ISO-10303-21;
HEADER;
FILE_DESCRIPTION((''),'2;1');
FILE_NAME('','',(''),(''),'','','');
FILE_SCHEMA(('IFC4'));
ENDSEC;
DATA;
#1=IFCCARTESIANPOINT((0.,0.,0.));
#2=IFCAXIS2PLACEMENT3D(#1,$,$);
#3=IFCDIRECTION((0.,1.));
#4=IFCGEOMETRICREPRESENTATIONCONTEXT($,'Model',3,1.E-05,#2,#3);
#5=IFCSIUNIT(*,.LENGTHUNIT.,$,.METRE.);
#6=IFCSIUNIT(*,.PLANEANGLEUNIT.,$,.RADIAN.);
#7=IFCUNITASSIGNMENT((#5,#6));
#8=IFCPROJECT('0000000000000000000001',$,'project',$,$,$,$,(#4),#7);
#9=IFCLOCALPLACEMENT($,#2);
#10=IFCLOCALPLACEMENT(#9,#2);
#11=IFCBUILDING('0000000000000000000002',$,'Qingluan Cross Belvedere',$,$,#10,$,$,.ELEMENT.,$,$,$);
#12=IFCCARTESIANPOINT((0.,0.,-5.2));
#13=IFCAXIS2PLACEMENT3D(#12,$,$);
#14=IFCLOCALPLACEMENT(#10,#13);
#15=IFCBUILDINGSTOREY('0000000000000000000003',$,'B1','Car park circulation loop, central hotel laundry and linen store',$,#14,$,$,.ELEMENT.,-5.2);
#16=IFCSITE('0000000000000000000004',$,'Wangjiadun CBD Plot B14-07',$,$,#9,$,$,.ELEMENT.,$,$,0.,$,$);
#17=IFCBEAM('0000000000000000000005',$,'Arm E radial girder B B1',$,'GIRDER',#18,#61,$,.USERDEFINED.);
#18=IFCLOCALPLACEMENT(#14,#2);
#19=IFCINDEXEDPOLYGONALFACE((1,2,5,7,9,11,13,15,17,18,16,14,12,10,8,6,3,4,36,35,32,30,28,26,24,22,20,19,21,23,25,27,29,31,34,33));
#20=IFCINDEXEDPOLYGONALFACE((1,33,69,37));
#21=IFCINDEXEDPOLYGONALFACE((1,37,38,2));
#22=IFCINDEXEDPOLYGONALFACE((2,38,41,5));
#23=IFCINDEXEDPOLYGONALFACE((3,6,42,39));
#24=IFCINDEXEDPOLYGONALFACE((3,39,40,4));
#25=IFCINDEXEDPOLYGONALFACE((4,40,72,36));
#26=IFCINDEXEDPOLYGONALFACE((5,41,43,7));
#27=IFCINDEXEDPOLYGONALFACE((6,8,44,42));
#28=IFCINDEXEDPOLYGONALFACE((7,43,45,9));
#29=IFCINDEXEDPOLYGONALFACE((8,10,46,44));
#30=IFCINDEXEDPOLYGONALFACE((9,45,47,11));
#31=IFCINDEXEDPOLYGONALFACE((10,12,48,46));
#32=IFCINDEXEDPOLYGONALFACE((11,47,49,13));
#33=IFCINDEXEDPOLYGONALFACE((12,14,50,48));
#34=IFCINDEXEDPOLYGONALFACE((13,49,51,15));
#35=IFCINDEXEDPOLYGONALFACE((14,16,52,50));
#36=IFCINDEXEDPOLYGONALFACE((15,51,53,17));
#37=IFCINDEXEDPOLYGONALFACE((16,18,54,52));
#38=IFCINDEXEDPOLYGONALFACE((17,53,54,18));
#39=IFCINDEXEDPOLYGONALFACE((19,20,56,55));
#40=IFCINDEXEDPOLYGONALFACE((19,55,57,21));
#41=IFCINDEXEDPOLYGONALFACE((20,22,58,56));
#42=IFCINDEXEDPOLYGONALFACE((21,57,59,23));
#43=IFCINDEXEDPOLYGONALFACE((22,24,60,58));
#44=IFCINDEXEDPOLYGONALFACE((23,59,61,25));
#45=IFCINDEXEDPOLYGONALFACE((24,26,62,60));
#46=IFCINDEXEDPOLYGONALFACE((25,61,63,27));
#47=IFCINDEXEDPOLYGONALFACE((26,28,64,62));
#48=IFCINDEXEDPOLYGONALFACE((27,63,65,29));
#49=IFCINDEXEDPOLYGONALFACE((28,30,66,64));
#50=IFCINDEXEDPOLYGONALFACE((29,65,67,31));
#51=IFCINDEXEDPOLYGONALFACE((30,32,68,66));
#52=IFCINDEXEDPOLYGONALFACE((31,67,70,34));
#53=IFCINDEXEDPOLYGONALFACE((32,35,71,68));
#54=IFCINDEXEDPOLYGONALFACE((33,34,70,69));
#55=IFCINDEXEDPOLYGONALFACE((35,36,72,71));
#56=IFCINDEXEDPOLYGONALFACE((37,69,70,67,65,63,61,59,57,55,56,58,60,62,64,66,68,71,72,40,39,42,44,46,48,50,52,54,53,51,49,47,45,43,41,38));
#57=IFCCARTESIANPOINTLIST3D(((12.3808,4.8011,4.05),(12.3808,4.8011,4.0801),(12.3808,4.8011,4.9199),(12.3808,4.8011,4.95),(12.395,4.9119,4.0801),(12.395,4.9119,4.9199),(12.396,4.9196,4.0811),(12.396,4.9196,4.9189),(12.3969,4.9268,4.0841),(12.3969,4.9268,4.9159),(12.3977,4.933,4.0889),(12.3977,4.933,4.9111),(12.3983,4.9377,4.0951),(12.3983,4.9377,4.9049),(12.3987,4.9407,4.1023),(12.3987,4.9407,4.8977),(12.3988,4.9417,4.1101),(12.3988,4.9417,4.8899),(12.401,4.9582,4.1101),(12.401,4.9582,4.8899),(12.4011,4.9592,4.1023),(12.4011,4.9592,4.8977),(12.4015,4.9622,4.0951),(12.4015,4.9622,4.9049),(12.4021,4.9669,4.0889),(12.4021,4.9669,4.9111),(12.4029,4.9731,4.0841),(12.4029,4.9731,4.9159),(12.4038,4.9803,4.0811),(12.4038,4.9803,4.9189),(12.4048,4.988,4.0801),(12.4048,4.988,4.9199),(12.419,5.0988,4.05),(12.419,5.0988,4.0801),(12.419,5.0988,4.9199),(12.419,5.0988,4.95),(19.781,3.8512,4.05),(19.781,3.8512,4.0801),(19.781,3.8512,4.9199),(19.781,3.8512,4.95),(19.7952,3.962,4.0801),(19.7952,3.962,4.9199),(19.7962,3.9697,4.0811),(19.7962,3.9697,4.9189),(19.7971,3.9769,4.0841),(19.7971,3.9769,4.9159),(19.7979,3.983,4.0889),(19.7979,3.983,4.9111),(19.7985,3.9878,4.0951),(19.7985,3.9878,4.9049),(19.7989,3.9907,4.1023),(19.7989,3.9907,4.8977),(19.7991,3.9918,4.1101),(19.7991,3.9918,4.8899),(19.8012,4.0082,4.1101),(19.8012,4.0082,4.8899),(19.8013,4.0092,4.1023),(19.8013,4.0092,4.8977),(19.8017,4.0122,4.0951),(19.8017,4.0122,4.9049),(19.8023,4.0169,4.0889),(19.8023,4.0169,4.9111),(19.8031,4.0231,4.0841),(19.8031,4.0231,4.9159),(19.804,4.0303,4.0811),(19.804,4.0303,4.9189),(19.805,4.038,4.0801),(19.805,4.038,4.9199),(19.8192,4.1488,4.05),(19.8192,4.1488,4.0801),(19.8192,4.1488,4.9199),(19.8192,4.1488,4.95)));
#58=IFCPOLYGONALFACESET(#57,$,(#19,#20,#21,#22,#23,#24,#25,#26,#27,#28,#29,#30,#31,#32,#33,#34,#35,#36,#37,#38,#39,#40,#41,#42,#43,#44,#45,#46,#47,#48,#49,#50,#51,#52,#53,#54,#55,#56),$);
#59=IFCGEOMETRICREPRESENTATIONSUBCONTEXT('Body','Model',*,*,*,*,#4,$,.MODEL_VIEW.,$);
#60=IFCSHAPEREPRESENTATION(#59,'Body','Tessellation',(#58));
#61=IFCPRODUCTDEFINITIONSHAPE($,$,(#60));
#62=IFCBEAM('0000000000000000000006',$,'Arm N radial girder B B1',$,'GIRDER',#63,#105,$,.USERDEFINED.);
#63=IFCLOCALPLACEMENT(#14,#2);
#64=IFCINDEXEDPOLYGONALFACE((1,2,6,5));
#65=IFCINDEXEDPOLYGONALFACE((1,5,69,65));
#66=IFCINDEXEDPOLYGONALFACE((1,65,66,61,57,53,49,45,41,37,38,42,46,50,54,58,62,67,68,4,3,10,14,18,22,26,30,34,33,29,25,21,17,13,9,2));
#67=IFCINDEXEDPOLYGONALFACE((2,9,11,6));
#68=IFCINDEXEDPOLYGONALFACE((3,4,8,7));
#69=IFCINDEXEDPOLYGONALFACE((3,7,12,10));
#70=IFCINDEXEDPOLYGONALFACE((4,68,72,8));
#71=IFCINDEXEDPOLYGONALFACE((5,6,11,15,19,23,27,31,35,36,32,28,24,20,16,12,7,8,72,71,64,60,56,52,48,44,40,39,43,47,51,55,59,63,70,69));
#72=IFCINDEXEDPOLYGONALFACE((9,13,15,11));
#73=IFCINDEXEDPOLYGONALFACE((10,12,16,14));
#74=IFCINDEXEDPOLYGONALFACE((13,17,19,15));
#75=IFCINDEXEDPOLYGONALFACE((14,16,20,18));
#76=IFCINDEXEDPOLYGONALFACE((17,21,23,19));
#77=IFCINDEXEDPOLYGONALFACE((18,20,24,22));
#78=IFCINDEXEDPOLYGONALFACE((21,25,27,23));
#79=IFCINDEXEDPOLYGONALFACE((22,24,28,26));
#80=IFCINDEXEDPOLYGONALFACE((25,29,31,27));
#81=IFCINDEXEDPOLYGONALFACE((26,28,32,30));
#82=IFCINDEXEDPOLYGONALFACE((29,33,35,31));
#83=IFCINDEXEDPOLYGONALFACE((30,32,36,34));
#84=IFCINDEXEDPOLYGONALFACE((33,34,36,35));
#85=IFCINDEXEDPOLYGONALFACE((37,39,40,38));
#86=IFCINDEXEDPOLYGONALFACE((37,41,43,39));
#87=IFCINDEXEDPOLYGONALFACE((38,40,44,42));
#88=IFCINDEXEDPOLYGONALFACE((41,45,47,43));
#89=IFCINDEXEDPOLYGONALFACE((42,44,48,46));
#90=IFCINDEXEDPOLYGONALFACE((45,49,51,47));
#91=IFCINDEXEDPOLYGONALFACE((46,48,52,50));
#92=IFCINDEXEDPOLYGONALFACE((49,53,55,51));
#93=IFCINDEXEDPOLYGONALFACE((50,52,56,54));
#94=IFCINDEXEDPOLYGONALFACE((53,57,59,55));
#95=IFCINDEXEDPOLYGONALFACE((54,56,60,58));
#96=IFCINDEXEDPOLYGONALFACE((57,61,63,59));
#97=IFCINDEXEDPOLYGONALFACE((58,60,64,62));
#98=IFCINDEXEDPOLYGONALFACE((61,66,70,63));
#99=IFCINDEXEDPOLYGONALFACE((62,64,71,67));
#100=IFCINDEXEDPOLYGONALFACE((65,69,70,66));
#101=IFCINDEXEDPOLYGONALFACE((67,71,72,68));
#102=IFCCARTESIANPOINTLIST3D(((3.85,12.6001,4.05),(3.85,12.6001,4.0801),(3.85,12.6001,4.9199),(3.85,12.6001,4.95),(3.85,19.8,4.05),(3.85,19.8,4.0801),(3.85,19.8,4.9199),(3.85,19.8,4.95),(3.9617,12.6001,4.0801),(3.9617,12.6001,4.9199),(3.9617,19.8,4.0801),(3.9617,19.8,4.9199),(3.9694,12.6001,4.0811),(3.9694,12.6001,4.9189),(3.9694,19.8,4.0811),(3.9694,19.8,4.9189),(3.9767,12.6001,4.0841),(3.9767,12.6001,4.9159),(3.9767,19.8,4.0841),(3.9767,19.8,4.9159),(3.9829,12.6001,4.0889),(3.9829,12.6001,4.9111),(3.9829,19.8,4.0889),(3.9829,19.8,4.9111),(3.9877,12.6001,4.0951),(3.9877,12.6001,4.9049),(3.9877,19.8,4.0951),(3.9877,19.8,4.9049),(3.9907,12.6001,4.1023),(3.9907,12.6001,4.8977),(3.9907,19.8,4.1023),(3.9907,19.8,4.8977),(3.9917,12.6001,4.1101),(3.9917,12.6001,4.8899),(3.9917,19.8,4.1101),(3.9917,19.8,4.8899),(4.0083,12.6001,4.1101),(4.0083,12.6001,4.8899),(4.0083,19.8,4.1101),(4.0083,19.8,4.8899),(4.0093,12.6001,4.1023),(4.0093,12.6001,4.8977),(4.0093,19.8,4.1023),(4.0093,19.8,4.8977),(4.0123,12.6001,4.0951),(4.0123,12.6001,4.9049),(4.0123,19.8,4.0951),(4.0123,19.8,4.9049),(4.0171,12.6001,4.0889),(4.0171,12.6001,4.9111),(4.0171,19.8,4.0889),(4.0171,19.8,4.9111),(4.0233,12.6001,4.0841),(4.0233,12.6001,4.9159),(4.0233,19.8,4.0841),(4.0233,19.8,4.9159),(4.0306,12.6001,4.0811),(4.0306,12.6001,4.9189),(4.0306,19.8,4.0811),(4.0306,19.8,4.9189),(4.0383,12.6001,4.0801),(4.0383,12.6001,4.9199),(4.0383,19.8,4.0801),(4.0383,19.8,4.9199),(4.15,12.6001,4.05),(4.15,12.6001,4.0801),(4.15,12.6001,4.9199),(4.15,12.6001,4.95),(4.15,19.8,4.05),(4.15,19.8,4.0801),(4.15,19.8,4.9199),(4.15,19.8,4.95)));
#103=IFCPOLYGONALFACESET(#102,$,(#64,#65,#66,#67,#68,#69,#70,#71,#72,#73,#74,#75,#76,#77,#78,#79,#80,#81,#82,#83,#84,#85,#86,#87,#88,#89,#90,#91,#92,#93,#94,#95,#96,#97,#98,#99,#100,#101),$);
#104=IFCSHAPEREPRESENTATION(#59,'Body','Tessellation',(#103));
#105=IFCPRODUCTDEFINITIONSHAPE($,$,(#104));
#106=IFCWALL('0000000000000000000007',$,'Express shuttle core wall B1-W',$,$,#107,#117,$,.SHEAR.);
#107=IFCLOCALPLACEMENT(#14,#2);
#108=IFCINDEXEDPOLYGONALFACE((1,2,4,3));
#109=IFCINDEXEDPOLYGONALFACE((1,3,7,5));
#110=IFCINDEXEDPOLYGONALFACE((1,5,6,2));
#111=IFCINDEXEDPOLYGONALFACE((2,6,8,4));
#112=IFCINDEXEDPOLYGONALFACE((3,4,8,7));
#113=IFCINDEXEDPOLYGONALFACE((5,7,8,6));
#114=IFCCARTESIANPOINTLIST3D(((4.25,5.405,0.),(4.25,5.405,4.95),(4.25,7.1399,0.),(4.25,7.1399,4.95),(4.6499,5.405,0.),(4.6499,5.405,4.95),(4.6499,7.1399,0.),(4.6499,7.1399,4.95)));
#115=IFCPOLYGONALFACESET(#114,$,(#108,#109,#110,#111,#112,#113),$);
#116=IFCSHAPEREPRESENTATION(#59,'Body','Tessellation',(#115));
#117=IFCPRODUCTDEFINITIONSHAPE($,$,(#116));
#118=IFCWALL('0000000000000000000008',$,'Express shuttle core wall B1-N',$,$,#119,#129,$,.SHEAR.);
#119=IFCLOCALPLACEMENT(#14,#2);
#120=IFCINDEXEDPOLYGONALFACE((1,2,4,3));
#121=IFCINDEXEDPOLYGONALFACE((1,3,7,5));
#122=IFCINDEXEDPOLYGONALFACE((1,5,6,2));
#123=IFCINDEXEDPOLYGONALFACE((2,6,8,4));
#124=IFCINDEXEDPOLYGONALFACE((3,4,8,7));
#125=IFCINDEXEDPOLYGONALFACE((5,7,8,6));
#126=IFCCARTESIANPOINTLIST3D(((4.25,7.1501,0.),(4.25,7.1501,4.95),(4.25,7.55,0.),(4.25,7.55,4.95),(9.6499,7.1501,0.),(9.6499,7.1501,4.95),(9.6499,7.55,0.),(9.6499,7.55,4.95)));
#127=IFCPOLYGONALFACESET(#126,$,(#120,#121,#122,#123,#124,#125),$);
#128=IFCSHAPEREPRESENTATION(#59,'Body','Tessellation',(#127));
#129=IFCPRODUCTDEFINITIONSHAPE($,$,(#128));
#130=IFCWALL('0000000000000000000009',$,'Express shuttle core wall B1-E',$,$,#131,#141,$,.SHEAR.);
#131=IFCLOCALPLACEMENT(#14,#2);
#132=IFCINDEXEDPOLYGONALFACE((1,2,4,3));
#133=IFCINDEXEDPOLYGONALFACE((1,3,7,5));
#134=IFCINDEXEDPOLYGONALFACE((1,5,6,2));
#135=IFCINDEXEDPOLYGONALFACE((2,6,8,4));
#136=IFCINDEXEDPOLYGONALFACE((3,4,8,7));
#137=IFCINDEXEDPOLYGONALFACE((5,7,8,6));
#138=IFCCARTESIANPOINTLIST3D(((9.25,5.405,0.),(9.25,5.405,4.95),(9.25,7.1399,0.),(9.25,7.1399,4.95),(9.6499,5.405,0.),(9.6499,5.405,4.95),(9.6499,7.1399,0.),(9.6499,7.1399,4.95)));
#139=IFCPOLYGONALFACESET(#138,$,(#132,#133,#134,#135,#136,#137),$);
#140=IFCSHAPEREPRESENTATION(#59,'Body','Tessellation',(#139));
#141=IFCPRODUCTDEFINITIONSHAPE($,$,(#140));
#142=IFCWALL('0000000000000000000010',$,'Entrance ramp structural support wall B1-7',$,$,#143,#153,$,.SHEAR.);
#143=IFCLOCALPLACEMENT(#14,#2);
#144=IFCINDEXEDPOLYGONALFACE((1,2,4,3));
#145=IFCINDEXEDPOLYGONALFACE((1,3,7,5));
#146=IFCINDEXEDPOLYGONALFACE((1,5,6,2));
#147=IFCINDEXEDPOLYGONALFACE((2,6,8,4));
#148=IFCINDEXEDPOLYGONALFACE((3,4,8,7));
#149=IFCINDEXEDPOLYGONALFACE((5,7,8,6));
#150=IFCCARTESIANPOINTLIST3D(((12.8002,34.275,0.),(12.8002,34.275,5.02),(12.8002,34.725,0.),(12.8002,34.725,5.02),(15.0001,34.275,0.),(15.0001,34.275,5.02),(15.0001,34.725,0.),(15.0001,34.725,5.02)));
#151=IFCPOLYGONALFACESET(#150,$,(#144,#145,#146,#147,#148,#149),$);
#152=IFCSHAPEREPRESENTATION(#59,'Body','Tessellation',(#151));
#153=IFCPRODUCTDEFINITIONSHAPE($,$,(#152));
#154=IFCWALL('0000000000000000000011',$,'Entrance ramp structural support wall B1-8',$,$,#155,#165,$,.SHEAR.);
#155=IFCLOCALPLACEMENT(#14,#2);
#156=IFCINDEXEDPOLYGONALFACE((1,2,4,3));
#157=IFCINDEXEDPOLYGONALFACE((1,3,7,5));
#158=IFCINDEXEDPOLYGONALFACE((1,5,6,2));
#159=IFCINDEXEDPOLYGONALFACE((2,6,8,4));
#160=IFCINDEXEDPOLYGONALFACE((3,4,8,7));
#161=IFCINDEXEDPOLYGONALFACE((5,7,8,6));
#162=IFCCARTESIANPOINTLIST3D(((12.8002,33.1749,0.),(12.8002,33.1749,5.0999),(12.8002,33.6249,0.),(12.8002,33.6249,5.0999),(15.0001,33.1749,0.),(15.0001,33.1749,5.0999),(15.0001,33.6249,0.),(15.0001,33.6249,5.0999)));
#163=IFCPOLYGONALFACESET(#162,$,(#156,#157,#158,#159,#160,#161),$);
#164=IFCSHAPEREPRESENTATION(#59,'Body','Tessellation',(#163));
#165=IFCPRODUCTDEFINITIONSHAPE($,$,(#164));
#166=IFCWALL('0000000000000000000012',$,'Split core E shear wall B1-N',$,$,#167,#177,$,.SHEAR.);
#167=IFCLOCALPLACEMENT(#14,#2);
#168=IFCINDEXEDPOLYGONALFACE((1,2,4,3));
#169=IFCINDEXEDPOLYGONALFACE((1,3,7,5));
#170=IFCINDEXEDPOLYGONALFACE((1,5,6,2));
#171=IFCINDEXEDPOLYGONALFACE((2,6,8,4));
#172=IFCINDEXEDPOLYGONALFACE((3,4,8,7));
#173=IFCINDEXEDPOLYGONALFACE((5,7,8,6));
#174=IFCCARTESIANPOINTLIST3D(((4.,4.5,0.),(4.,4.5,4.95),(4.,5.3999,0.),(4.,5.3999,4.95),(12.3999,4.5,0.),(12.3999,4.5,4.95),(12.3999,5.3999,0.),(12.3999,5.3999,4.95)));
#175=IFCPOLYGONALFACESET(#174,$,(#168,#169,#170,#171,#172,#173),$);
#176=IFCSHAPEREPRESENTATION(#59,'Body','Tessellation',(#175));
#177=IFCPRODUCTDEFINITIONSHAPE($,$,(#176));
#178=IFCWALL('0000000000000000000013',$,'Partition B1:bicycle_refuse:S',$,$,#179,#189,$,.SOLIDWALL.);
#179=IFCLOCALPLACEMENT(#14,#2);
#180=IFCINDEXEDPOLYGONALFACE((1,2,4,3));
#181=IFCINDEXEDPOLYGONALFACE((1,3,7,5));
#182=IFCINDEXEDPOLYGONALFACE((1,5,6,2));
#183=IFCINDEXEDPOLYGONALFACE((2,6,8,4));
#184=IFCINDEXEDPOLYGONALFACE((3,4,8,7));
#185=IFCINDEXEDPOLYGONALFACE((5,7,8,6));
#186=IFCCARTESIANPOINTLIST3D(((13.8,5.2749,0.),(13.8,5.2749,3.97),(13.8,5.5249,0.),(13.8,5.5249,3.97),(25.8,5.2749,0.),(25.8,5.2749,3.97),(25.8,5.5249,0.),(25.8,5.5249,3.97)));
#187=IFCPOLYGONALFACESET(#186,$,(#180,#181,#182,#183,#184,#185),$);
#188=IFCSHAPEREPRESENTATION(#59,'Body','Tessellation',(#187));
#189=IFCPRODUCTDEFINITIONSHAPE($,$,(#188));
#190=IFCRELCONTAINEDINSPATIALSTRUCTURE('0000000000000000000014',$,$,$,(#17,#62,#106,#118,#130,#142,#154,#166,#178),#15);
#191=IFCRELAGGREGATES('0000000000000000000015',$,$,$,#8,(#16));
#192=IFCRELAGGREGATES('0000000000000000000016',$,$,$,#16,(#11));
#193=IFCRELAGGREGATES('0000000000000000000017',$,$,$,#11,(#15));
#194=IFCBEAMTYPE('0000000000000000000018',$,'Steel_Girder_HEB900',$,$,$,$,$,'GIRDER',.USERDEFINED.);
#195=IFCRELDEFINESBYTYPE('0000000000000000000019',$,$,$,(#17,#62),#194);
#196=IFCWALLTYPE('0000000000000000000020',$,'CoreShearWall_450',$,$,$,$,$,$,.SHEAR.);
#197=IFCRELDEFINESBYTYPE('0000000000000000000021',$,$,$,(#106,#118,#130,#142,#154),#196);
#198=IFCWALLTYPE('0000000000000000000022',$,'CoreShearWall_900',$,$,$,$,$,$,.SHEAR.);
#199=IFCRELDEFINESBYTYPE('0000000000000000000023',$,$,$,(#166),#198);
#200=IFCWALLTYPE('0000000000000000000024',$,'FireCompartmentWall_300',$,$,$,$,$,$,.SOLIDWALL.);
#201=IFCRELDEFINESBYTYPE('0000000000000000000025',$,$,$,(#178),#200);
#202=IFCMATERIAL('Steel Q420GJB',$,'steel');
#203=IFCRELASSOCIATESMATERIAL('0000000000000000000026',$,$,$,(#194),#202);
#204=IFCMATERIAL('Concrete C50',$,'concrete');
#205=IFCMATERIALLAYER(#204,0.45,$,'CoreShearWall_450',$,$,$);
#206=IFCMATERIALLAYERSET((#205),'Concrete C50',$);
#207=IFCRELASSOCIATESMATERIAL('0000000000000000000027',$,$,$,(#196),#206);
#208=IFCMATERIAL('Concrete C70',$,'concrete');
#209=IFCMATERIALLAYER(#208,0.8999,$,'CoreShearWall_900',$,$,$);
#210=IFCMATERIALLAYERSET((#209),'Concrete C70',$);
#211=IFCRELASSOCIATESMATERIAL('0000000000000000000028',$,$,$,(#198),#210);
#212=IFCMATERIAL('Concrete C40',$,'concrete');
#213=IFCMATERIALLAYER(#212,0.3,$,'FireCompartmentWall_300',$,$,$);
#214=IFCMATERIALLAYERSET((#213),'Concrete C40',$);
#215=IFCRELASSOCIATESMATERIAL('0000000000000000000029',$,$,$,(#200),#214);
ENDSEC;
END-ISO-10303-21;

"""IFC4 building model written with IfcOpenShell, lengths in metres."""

from ifc_helpers import new_model, si_unit, direction, frame, frame_2d, origin, origin_2d, place, context, subcontext, project, spatial, rectangle, i_section, extrude, material, layer, layer_set, material_profile, profile_set, type_object, element, save


model = new_model("IFC4")

# Units and contexts
model_context = context("Model", 3, precision=1e-05, world=origin(), true_north=direction((0.0, 1.0)))
body_context = subcontext(model_context, "Body", "Model", "MODEL_VIEW")
ifc_project = project(units=[si_unit("LENGTHUNIT", "METRE"), si_unit("PLANEANGLEUNIT", "RADIAN")], contexts=[model_context])

# Site, building, storey
site_placement = place(None, origin())
site = spatial("IfcSite", under=ifc_project, at=site_placement, Name="Wangjiadun CBD Plot B14-07", CompositionType="ELEMENT", RefElevation=0.0)
building_placement = place(site_placement, origin())
building = spatial("IfcBuilding", under=site, at=building_placement, Name="Qingluan Cross Belvedere", CompositionType="ELEMENT")
storey_placement = place(building_placement, frame((0.0, 0.0, -5.2)))
storey = spatial("IfcBuildingStorey", under=building, at=storey_placement, Name="B1", Description="Car park circulation loop, central hotel laundry and linen store", CompositionType="ELEMENT", Elevation=-5.2)

# Beams
ifc_material_1 = material(Name="Steel Q420GJB", Category="steel")
ifc_material_profile_1 = material_profile(ifc_material_1, i_section(OverallWidth=0.3, OverallDepth=0.8999, WebThickness=0.0166, FlangeThickness=0.03, FilletRadius=0.03, at=origin_2d()), Name="HEB900")
ifc_profile_set_1 = profile_set([ifc_material_profile_1], Name="Steel Q420GJB")
beam_type_1 = type_object("IfcBeamType", Name="Steel_Girder_HEB900", ElementType="GIRDER", PredefinedType="USERDEFINED", material=ifc_profile_set_1)
beam_1_placement = place(storey_placement, frame((12.3999, 4.95, 4.5), z_axis=(0.991861, -0.127324, 0.0), x_axis=(0.127324, 0.991861, 0.0)))
element("IfcBeam", 1, at=beam_1_placement, inside=storey, type_object=beam_type_1, Name="Arm E radial girder B B1", ObjectType="GIRDER", PredefinedType="USERDEFINED", context=body_context, shape_type="SweptSolid", body=[
    extrude(i_section(OverallWidth=0.3, OverallDepth=0.8999, WebThickness=0.0166, FlangeThickness=0.03, FilletRadius=0.03, at=origin_2d()), origin(), (0.0, 0.0, 1.0), 7.4609),
])
beam_2_placement = place(storey_placement, frame((4.0, 12.6001, 4.5), z_axis=(0.0, 1.0, 0.0), x_axis=(-1.0, 0.0, 0.0)))
element("IfcBeam", 2, at=beam_2_placement, inside=storey, type_object=beam_type_1, Name="Arm N radial girder B B1", ObjectType="GIRDER", PredefinedType="USERDEFINED", context=body_context, shape_type="SweptSolid", body=[
    extrude(i_section(OverallWidth=0.3, OverallDepth=0.8999, WebThickness=0.0166, FlangeThickness=0.03, FilletRadius=0.03, at=origin_2d()), origin(), (0.0, 0.0, 1.0), 7.2),
])

# Walls
ifc_material_2 = material(Name="Concrete C50", Category="concrete")
ifc_layer_1 = layer(ifc_material_2, 0.45, Name="CoreShearWall_450")
ifc_layer_set_1 = layer_set([ifc_layer_1], Name="Concrete C50")
wall_type_1 = type_object("IfcWallType", Name="CoreShearWall_450", PredefinedType="SHEAR", material=ifc_layer_set_1)
wall_1_placement = place(storey_placement, frame((4.45, 5.405, 0.0), z_axis=(0.0, 0.0, 1.0), x_axis=(0.0, 1.0, 0.0)))
element("IfcWall", 3, at=wall_1_placement, inside=storey, type_object=wall_type_1, Name="Express shuttle core wall B1-W", PredefinedType="SHEAR", context=body_context, shape_type="SweptSolid", body=[
    extrude(rectangle(XDim=1.7349, YDim=0.3999, at=frame_2d((0.8674, 0.0))), origin(), (0.0, 0.0, 1.0), 4.95),
])
wall_2_placement = place(storey_placement, frame((4.25, 7.3501, 0.0), z_axis=(0.0, 0.0, 1.0), x_axis=(1.0, 0.0, 0.0)))
element("IfcWall", 4, at=wall_2_placement, inside=storey, type_object=wall_type_1, Name="Express shuttle core wall B1-N", PredefinedType="SHEAR", context=body_context, shape_type="SweptSolid", body=[
    extrude(rectangle(XDim=5.3999, YDim=0.3999, at=frame_2d((2.7, 0.0))), origin(), (0.0, 0.0, 1.0), 4.95),
])
wall_3_placement = place(storey_placement, frame((9.45, 5.405, 0.0), z_axis=(0.0, 0.0, 1.0), x_axis=(0.0, 1.0, 0.0)))
element("IfcWall", 5, at=wall_3_placement, inside=storey, type_object=wall_type_1, Name="Express shuttle core wall B1-E", PredefinedType="SHEAR", context=body_context, shape_type="SweptSolid", body=[
    extrude(rectangle(XDim=1.7349, YDim=0.3999, at=frame_2d((0.8674, 0.0))), origin(), (0.0, 0.0, 1.0), 4.95),
])
wall_4_placement = place(storey_placement, frame((12.8, 34.5, 0.0), z_axis=(0.0, 0.0, 1.0), x_axis=(1.0, 0.0, 0.0)))
element("IfcWall", 6, at=wall_4_placement, inside=storey, type_object=wall_type_1, Name="Entrance ramp structural support wall B1-7", PredefinedType="SHEAR", context=body_context, shape_type="SweptSolid", body=[
    extrude(rectangle(XDim=2.2, YDim=0.45, at=frame_2d((1.1001, 0.0))), origin(), (0.0, 0.0, 1.0), 5.02),
])
wall_5_placement = place(storey_placement, frame((12.8, 33.3999, 0.0), z_axis=(0.0, 0.0, 1.0), x_axis=(1.0, 0.0, 0.0)))
element("IfcWall", 7, at=wall_5_placement, inside=storey, type_object=wall_type_1, Name="Entrance ramp structural support wall B1-8", PredefinedType="SHEAR", context=body_context, shape_type="SweptSolid", body=[
    extrude(rectangle(XDim=2.2, YDim=0.45, at=frame_2d((1.1001, 0.0))), origin(), (0.0, 0.0, 1.0), 5.0999),
])
ifc_material_3 = material(Name="Concrete C70", Category="concrete")
ifc_layer_2 = layer(ifc_material_3, 0.8999, Name="CoreShearWall_900")
ifc_layer_set_2 = layer_set([ifc_layer_2], Name="Concrete C70")
wall_type_2 = type_object("IfcWallType", Name="CoreShearWall_900", PredefinedType="SHEAR", material=ifc_layer_set_2)
wall_6_placement = place(storey_placement, frame((4.0, 4.95, 0.0), z_axis=(0.0, 0.0, 1.0), x_axis=(1.0, 0.0, 0.0)))
element("IfcWall", 8, at=wall_6_placement, inside=storey, type_object=wall_type_2, Name="Split core E shear wall B1-N", PredefinedType="SHEAR", context=body_context, shape_type="SweptSolid", body=[
    extrude(rectangle(XDim=8.3999, YDim=0.8999, at=frame_2d((4.2, 0.0))), origin(), (0.0, 0.0, 1.0), 4.95),
])
ifc_material_4 = material(Name="Concrete C40", Category="concrete")
ifc_layer_3 = layer(ifc_material_4, 0.3, Name="FireCompartmentWall_300")
ifc_layer_set_3 = layer_set([ifc_layer_3], Name="Concrete C40")
wall_type_3 = type_object("IfcWallType", Name="FireCompartmentWall_300", PredefinedType="SOLIDWALL", material=ifc_layer_set_3)
for number, where, z_axis, x_axis, name in (
    (9, (13.8, 5.3999, 0.0), (0.0, 0.0, 1.0), (1.0, 0.0, 0.0), "Partition B1:bicycle_refuse:S"),
):
    element("IfcWall", number, at=place(storey_placement, frame(where, z_axis=z_axis, x_axis=x_axis)), inside=storey, type_object=wall_type_3, Name=name, PredefinedType="SOLIDWALL", context=body_context, shape_type="SweptSolid", body=[
        extrude(rectangle(XDim=12.0, YDim=0.25, at=frame_2d((6.0, 0.0))), origin(), (0.0, 0.0, 1.0), 3.97),
    ])

save(model, "model.ifc")
